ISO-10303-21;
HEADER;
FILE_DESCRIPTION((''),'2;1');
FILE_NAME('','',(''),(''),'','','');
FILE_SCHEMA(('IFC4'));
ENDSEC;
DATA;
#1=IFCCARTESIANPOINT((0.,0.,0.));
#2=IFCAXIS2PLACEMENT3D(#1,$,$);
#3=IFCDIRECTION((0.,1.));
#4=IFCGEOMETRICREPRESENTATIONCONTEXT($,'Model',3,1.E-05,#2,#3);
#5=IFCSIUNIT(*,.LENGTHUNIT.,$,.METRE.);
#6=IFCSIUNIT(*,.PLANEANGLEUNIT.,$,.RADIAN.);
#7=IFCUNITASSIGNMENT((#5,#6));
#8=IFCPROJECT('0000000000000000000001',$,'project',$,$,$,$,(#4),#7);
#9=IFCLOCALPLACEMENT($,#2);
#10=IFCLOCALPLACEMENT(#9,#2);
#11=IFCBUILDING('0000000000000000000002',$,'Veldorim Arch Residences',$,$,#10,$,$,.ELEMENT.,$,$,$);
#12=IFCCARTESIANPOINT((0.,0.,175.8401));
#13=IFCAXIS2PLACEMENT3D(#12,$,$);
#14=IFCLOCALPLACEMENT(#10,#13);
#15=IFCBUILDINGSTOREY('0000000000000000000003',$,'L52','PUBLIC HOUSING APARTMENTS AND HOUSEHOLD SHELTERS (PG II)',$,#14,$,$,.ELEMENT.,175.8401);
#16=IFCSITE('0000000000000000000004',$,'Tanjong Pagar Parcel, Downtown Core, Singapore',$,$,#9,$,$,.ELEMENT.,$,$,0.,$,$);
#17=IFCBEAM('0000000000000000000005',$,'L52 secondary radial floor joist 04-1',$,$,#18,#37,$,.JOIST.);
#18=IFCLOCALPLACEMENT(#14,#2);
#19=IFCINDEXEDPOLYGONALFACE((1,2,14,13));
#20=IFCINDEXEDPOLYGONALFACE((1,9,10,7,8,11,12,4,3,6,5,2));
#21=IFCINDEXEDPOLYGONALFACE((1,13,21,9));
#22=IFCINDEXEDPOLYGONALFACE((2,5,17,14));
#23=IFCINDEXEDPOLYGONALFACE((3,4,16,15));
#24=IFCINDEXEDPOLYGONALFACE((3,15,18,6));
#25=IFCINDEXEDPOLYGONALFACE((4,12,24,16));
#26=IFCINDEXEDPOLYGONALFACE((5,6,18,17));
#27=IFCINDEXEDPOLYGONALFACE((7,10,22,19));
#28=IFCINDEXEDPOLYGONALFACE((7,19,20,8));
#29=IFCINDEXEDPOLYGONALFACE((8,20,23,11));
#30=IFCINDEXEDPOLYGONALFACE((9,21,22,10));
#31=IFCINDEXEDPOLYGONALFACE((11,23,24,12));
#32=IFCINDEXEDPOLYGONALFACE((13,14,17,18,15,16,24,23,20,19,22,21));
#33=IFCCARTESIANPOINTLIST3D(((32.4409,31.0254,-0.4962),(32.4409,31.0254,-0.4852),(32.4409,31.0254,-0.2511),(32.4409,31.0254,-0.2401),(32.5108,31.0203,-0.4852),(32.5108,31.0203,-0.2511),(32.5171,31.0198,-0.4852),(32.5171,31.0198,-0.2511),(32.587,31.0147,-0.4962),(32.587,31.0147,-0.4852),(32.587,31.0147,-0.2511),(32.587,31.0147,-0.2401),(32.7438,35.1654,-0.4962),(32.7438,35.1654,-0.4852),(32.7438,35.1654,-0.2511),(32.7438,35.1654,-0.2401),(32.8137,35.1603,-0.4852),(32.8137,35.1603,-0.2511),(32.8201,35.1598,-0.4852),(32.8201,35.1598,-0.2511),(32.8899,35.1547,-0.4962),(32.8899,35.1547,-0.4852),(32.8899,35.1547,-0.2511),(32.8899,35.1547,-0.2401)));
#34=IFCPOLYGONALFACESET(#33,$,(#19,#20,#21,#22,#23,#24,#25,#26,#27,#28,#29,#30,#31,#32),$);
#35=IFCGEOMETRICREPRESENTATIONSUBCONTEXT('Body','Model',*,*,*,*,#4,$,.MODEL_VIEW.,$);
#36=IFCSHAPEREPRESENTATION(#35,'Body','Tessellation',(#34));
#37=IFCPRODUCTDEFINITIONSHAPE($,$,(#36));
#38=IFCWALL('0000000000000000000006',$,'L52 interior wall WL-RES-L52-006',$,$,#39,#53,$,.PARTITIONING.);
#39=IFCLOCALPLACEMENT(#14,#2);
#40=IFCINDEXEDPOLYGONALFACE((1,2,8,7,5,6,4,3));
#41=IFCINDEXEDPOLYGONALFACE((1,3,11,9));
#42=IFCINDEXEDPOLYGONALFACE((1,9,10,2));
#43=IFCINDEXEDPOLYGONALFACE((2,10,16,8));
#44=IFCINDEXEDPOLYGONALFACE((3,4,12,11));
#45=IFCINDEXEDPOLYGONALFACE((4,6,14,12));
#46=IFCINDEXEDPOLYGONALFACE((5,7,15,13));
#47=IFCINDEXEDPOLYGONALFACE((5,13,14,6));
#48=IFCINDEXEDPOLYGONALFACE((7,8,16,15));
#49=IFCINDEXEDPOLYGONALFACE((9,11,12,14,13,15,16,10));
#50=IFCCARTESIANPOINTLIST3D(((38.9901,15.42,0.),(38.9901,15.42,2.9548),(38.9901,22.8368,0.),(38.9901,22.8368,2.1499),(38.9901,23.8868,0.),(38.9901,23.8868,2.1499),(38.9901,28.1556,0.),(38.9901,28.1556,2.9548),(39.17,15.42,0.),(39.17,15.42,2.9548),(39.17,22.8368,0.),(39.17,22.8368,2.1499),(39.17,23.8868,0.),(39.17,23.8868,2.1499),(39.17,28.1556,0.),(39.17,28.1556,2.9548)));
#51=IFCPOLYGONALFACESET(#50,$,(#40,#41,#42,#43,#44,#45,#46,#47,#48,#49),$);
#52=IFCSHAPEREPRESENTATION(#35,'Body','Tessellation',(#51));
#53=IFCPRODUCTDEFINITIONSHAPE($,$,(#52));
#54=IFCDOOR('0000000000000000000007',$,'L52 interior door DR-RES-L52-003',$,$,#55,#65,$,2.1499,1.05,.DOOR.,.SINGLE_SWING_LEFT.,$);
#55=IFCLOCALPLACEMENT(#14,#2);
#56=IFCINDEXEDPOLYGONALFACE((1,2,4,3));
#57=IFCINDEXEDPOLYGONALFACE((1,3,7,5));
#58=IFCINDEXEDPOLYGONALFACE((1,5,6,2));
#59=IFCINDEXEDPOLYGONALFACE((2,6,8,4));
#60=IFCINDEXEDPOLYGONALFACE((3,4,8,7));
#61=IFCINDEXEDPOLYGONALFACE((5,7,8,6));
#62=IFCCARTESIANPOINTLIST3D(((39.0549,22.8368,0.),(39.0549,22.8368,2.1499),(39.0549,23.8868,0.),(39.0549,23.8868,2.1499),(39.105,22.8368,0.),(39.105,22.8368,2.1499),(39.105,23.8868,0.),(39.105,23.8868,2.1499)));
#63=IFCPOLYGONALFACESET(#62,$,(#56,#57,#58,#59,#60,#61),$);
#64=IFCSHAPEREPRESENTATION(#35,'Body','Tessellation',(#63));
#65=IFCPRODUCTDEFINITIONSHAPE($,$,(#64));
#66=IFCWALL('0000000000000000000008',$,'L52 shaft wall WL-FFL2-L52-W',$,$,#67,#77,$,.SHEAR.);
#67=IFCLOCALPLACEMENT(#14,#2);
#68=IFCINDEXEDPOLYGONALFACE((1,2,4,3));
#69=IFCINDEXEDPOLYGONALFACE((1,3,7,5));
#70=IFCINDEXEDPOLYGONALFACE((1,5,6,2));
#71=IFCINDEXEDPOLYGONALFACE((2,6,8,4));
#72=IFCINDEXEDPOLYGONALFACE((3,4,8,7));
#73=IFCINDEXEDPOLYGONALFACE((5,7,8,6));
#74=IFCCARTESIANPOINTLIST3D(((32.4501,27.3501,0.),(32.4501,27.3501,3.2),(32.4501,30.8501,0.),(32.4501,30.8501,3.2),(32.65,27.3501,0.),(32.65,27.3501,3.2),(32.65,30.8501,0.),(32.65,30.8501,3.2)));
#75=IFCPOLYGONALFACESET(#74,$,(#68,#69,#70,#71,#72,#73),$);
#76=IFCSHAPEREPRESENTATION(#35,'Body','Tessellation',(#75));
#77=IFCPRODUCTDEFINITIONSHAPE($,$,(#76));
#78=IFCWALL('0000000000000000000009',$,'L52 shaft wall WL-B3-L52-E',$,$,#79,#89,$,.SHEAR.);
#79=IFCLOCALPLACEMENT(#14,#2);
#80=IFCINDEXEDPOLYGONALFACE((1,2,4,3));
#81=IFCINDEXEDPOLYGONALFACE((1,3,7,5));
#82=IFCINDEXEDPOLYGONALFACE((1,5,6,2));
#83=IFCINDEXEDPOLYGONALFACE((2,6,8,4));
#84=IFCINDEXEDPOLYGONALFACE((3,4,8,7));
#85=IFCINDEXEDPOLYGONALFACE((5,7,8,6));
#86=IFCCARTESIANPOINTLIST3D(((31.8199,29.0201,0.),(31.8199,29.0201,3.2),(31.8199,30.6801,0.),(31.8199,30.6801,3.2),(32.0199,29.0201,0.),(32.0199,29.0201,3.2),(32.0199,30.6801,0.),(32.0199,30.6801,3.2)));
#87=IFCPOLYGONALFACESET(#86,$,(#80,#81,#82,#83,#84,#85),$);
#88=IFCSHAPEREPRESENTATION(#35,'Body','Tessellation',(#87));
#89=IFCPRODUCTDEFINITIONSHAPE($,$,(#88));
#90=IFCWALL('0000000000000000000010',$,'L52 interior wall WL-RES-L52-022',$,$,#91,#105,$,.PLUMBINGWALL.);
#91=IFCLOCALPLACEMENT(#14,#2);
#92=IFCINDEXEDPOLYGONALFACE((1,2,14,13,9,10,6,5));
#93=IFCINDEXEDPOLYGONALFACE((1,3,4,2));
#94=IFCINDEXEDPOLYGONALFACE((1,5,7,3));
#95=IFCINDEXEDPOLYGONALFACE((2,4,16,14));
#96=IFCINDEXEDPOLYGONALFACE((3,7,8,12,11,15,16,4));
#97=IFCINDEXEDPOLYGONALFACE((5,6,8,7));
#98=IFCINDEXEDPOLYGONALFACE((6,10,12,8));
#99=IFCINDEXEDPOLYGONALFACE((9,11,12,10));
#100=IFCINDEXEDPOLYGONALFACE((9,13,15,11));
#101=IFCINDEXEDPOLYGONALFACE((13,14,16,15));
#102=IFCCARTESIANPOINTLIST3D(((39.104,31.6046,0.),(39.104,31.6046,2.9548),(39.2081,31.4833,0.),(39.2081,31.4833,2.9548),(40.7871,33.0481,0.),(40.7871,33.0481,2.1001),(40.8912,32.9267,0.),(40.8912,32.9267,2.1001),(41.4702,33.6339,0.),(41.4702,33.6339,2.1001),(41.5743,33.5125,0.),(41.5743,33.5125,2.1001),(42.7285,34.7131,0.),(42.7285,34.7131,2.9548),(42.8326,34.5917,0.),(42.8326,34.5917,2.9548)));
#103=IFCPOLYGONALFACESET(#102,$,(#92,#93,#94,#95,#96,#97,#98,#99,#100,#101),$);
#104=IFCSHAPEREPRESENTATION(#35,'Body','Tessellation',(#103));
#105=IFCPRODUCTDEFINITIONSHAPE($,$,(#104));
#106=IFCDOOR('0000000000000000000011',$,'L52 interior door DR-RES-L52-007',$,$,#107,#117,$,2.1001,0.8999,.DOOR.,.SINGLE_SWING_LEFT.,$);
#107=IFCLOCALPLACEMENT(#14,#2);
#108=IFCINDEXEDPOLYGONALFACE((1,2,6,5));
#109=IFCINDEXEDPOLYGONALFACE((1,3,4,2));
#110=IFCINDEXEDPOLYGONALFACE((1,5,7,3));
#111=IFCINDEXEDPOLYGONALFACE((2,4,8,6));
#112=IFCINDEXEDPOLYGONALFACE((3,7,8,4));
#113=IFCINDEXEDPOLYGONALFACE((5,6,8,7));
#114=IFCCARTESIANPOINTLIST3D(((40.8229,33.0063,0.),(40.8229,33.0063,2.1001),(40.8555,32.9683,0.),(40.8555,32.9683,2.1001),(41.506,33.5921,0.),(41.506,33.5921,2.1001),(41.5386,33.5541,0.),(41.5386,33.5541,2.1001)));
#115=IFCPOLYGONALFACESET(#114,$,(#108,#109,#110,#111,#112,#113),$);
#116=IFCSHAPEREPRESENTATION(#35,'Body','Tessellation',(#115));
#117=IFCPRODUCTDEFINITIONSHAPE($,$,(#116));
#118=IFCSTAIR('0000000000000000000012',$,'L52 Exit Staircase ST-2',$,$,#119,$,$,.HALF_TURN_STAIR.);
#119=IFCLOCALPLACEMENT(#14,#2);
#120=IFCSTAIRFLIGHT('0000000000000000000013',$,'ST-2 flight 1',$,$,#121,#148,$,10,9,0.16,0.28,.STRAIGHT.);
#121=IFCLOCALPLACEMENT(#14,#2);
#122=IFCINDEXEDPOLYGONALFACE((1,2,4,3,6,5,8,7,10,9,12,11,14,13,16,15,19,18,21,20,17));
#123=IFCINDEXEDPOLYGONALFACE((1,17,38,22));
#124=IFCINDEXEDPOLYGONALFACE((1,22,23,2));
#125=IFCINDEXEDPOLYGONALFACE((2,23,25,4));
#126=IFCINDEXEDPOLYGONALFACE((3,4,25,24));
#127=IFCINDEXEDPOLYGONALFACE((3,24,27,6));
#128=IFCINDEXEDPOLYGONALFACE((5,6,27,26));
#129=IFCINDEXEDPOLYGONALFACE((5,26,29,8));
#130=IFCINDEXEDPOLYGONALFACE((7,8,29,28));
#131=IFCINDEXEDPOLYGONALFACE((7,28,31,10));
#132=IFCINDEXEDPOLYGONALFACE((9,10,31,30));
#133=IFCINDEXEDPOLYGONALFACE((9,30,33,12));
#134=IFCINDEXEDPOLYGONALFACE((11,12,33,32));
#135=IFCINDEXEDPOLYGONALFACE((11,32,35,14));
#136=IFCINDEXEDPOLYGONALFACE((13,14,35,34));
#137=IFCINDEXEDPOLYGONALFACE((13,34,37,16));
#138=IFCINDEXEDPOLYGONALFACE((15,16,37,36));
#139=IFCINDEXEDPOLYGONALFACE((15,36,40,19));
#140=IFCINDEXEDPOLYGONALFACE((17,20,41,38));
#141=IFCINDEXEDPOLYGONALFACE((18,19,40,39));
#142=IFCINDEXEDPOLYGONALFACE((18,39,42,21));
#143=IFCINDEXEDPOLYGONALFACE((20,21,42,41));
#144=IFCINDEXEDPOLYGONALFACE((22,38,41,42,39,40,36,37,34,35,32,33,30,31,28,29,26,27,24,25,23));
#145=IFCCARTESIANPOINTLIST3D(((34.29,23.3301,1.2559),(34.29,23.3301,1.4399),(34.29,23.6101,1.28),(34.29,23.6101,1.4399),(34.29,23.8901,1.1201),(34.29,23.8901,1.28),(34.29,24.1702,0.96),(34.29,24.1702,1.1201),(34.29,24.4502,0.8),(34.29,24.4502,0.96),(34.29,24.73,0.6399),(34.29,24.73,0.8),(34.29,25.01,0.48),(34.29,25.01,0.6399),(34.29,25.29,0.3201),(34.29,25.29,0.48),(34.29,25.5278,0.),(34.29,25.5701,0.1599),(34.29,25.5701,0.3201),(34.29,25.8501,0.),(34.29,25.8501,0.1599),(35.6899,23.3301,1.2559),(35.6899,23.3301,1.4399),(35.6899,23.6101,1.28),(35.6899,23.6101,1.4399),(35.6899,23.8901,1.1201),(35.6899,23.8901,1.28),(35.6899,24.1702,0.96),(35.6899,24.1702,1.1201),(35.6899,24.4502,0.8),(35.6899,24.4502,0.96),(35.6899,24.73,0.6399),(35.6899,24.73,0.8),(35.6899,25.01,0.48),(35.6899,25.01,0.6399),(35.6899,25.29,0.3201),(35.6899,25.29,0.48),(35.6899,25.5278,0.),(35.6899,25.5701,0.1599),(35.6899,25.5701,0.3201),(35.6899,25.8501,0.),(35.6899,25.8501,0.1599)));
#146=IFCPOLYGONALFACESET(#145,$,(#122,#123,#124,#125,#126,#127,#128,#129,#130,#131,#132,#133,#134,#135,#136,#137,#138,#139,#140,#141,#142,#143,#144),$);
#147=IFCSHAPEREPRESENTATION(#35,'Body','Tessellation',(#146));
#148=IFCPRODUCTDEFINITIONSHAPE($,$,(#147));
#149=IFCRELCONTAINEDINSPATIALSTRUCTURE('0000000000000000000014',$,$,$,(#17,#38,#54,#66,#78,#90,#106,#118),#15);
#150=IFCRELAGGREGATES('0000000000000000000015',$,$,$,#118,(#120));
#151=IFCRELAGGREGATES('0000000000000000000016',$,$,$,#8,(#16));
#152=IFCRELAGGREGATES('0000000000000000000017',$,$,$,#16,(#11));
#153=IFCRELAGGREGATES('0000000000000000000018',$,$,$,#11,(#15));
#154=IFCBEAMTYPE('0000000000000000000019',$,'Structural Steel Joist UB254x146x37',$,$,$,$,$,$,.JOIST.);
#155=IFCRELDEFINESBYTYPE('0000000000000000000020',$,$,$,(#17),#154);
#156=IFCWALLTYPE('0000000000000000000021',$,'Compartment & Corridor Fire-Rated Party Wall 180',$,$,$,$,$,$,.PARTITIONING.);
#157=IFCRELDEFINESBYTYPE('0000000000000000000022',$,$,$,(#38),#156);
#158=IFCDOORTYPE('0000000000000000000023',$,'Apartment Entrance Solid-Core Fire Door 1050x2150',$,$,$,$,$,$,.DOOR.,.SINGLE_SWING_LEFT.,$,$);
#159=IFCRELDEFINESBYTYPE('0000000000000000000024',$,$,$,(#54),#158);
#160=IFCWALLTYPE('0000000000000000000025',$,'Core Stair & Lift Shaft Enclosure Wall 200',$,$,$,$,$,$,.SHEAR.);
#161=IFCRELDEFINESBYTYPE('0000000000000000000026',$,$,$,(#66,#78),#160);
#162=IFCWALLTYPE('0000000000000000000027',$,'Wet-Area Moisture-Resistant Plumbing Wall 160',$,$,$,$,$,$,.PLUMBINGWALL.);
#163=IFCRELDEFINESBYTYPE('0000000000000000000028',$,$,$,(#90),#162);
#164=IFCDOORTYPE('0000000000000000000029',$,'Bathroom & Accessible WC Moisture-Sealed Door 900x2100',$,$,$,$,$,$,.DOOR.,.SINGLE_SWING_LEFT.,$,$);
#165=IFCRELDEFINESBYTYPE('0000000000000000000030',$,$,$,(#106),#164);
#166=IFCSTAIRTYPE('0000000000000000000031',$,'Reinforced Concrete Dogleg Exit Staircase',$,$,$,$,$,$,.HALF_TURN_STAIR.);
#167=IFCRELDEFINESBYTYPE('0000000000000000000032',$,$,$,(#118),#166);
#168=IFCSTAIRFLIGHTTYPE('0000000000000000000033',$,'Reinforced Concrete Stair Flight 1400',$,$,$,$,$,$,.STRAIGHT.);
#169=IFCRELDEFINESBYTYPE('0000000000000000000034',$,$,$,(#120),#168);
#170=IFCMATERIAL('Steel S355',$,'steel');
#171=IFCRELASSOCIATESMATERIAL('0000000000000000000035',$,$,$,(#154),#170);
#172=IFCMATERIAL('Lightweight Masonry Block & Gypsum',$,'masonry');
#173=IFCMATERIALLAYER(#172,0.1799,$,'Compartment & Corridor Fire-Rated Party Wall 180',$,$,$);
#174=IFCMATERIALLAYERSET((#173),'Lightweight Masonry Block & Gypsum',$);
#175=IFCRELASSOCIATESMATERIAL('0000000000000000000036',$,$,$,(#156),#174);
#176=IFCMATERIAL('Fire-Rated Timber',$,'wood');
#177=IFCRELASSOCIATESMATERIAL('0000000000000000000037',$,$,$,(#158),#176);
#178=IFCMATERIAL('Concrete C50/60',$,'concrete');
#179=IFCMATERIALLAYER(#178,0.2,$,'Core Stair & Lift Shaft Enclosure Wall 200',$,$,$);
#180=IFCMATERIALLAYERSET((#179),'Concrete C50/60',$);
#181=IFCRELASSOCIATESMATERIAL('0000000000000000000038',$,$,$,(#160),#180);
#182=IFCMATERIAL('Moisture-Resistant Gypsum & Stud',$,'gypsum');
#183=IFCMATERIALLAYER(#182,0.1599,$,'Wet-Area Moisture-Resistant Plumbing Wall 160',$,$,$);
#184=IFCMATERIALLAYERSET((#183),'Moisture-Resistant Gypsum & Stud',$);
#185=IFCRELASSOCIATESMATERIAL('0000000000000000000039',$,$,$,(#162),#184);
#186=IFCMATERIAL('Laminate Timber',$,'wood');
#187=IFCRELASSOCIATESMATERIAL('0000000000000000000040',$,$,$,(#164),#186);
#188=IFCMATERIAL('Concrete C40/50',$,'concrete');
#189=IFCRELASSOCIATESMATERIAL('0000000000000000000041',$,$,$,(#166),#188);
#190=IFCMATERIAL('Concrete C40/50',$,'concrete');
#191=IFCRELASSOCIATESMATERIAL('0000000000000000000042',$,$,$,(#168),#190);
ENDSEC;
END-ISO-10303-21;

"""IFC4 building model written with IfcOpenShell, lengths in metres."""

from ifc_helpers import new_model, si_unit, direction, frame, frame_2d, origin, origin_2d, place, context, subcontext, project, spatial, polyline, rectangle, i_section, outline, extrude, material, layer, layer_set, material_profile, profile_set, type_object, element, fill, aggregate, save


model = new_model("IFC4")

# Units and contexts
model_context = context("Model", 3, precision=1e-05, world=origin(), true_north=direction((0.0, 1.0)))
body_context = subcontext(model_context, "Body", "Model", "MODEL_VIEW")
ifc_project = project(units=[si_unit("LENGTHUNIT", "METRE"), si_unit("PLANEANGLEUNIT", "RADIAN")], contexts=[model_context])

# Site, building, storey
site_placement = place(None, origin())
site = spatial("IfcSite", under=ifc_project, at=site_placement, Name="Tanjong Pagar Parcel, Downtown Core, Singapore", CompositionType="ELEMENT", RefElevation=0.0)
building_placement = place(site_placement, origin())
building = spatial("IfcBuilding", under=site, at=building_placement, Name="Veldorim Arch Residences", CompositionType="ELEMENT")
storey_placement = place(building_placement, frame((0.0, 0.0, 175.8401)))
storey = spatial("IfcBuildingStorey", under=building, at=storey_placement, Name="L52", Description="PUBLIC HOUSING APARTMENTS AND HOUSEHOLD SHELTERS (PG II)", CompositionType="ELEMENT", Elevation=175.8401)

# Beam
ifc_material_1 = material(Name="Steel S355", Category="steel")
ifc_material_profile_1 = material_profile(ifc_material_1, i_section(OverallWidth=0.1465, OverallDepth=0.2561, WebThickness=0.0063, FlangeThickness=0.011, at=origin_2d()), Name="UB254x146x37")
ifc_profile_set_1 = profile_set([ifc_material_profile_1], Name="Steel S355")
beam_type_1 = type_object("IfcBeamType", Name="Structural Steel Joist UB254x146x37", PredefinedType="JOIST", material=ifc_profile_set_1)
beam_1_placement = place(storey_placement, frame((32.5139, 31.02, -0.3682), z_axis=(0.072986, 0.997333, 0.0), x_axis=(-0.997333, 0.072986, 0.0)))
element("IfcBeam", 1, at=beam_1_placement, inside=storey, type_object=beam_type_1, Name="L52 secondary radial floor joist 04-1", PredefinedType="JOIST", context=body_context, shape_type="SweptSolid", body=[
    extrude(i_section(OverallWidth=0.1465, OverallDepth=0.2561, WebThickness=0.0063, FlangeThickness=0.011, at=origin_2d()), origin(), (0.0, 0.0, 1.0), 4.1511),
])

# Wall, opening, door
ifc_material_2 = material(Name="Lightweight Masonry Block & Gypsum", Category="masonry")
ifc_layer_1 = layer(ifc_material_2, 0.1799, Name="Compartment & Corridor Fire-Rated Party Wall 180")
ifc_layer_set_1 = layer_set([ifc_layer_1], Name="Lightweight Masonry Block & Gypsum")
wall_type_1 = type_object("IfcWallType", Name="Compartment & Corridor Fire-Rated Party Wall 180", PredefinedType="PARTITIONING", material=ifc_layer_set_1)
wall_1_placement = place(storey_placement, frame((39.0801, 28.1555, 0.0), z_axis=(0.0, 0.0, 1.0), x_axis=(0.0, -1.0, 0.0)))
wall_1 = element("IfcWall", 2, at=wall_1_placement, inside=storey, type_object=wall_type_1, Name="L52 interior wall WL-RES-L52-006", PredefinedType="PARTITIONING", context=body_context, shape_type="SweptSolid", body=[
    extrude(rectangle(XDim=12.7356, YDim=0.1799, at=frame_2d((6.3677, 0.0))), origin(), (0.0, 0.0, 1.0), 2.9548),
])
opening_1_placement = place(wall_1_placement, frame((4.2688, 0.0, 0.0)))
opening_1 = element("IfcOpeningElement", 3, at=opening_1_placement, cuts=wall_1, PredefinedType="OPENING", context=body_context, shape_type="SweptSolid", body=[
    extrude(rectangle(XDim=1.05, YDim=2.1499, at=frame_2d((0.5249, 1.075))), frame((0.0, 0.0999, 0.0), z_axis=(0.0, -1.0, 0.0), x_axis=(1.0, 0.0, 0.0)), (0.0, 0.0, 1.0), 0.2),
])
ifc_material_3 = material(Name="Fire-Rated Timber", Category="wood")
door_type_1 = type_object("IfcDoorType", Name="Apartment Entrance Solid-Core Fire Door 1050x2150", OperationType="SINGLE_SWING_LEFT", PredefinedType="DOOR", material=ifc_material_3)
door_1_placement = place(opening_1_placement, origin())
door_1 = element("IfcDoor", 4, at=door_1_placement, inside=storey, type_object=door_type_1, Name="L52 interior door DR-RES-L52-003", OperationType="SINGLE_SWING_LEFT", OverallHeight=2.1499, OverallWidth=1.05, PredefinedType="DOOR", context=body_context, shape_type="SweptSolid", body=[
    extrude(rectangle(XDim=1.05, YDim=2.1499, at=frame_2d((0.5249, 1.075))), frame((0.0, 0.0249, 0.0), z_axis=(0.0, -1.0, 0.0), x_axis=(1.0, 0.0, 0.0)), (0.0, 0.0, 1.0), 0.05),
])
fill(opening_1, door_1)
ifc_material_4 = material(Name="Concrete C50/60", Category="concrete")
ifc_layer_2 = layer(ifc_material_4, 0.2, Name="Core Stair & Lift Shaft Enclosure Wall 200")
ifc_layer_set_2 = layer_set([ifc_layer_2], Name="Concrete C50/60")
wall_type_2 = type_object("IfcWallType", Name="Core Stair & Lift Shaft Enclosure Wall 200", PredefinedType="SHEAR", material=ifc_layer_set_2)

# Wall
wall_2_placement = place(storey_placement, frame((32.55, 27.3501, 0.0), z_axis=(0.0, 0.0, 1.0), x_axis=(0.0, 1.0, 0.0)))
element("IfcWall", 5, at=wall_2_placement, inside=storey, type_object=wall_type_2, Name="L52 shaft wall WL-FFL2-L52-W", PredefinedType="SHEAR", context=body_context, shape_type="SweptSolid", body=[
    extrude(rectangle(XDim=3.5, YDim=0.2, at=frame_2d((1.75, 0.0))), origin(), (0.0, 0.0, 1.0), 3.2),
])

# Wall
wall_3_placement = place(storey_placement, frame((31.9199, 29.02, 0.0), z_axis=(0.0, 0.0, 1.0), x_axis=(0.0, 1.0, 0.0)))
element("IfcWall", 6, at=wall_3_placement, inside=storey, type_object=wall_type_2, Name="L52 shaft wall WL-B3-L52-E", PredefinedType="SHEAR", context=body_context, shape_type="SweptSolid", body=[
    extrude(rectangle(XDim=1.6599, YDim=0.2, at=frame_2d((0.8301, 0.0))), origin(), (0.0, 0.0, 1.0), 3.2),
])

# Wall, opening, door
ifc_material_5 = material(Name="Moisture-Resistant Gypsum & Stud", Category="gypsum")
ifc_layer_3 = layer(ifc_material_5, 0.1599, Name="Wet-Area Moisture-Resistant Plumbing Wall 160")
ifc_layer_set_3 = layer_set([ifc_layer_3], Name="Moisture-Resistant Gypsum & Stud")
wall_type_3 = type_object("IfcWallType", Name="Wet-Area Moisture-Resistant Plumbing Wall 160", PredefinedType="PLUMBINGWALL", material=ifc_layer_set_3)
wall_4_placement = place(storey_placement, frame((39.156, 31.5439, 0.0), z_axis=(0.0, 0.0, 1.0), x_axis=(0.759083, 0.650993, 0.0)))
wall_4 = element("IfcWall", 7, at=wall_4_placement, inside=storey, type_object=wall_type_3, Name="L52 interior wall WL-RES-L52-022", PredefinedType="PLUMBINGWALL", context=body_context, shape_type="SweptSolid", body=[
    extrude(rectangle(XDim=4.7749, YDim=0.1599, at=frame_2d((2.3875, 0.0))), origin(), (0.0, 0.0, 1.0), 2.9548),
])
opening_2_placement = place(wall_4_placement, frame((2.2173, 0.0, 0.0)))
opening_2 = element("IfcOpeningElement", 8, at=opening_2_placement, cuts=wall_4, PredefinedType="OPENING", context=body_context, shape_type="SweptSolid", body=[
    extrude(rectangle(XDim=0.8999, YDim=2.1001, at=frame_2d((0.45, 1.05))), frame((0.0, 0.0898, 0.0), z_axis=(0.0, -1.0, 0.0), x_axis=(1.0, 0.0, 0.0)), (0.0, 0.0, 1.0), 0.1799),
])
ifc_material_6 = material(Name="Laminate Timber", Category="wood")
door_type_2 = type_object("IfcDoorType", Name="Bathroom & Accessible WC Moisture-Sealed Door 900x2100", OperationType="SINGLE_SWING_LEFT", PredefinedType="DOOR", material=ifc_material_6)
door_2_placement = place(opening_2_placement, origin())
door_2 = element("IfcDoor", 9, at=door_2_placement, inside=storey, type_object=door_type_2, Name="L52 interior door DR-RES-L52-007", OperationType="SINGLE_SWING_LEFT", OverallHeight=2.1001, OverallWidth=0.8999, PredefinedType="DOOR", context=body_context, shape_type="SweptSolid", body=[
    extrude(rectangle(XDim=0.8999, YDim=2.1001, at=frame_2d((0.45, 1.05))), frame((0.0, 0.0249, 0.0), z_axis=(0.0, -1.0, 0.0), x_axis=(1.0, 0.0, 0.0)), (0.0, 0.0, 1.0), 0.05),
])
fill(opening_2, door_2)

# Stair, stair flight
ifc_material_7 = material(Name="Concrete C40/50", Category="concrete")
stair_type = type_object("IfcStairType", Name="Reinforced Concrete Dogleg Exit Staircase", PredefinedType="HALF_TURN_STAIR", material=ifc_material_7)
stair_placement = place(storey_placement, origin())
stair = element("IfcStair", 10, at=stair_placement, inside=storey, type_object=stair_type, Name="L52 Exit Staircase ST-2", PredefinedType="HALF_TURN_STAIR")
ifc_material_8 = material(Name="Concrete C40/50", Category="concrete")
stair_flight_type = type_object("IfcStairFlightType", Name="Reinforced Concrete Stair Flight 1400", PredefinedType="STRAIGHT", material=ifc_material_8)
stair_flight_placement = place(storey_placement, frame((34.99, 25.8501, 0.0), z_axis=(0.0, 0.0, 1.0), x_axis=(0.0, -1.0, 0.0)))
stair_flight = element("IfcStairFlight", 11, at=stair_flight_placement, type_object=stair_flight_type, Name="ST-2 flight 1", NumberOfRisers=10, NumberOfTreads=9, PredefinedType="STRAIGHT", RiserHeight=0.16, TreadLength=0.28, context=body_context, shape_type="SweptSolid", body=[
    extrude(outline(polyline([(0.0, 0.0), (0.0, 0.1599), (0.28, 0.1599), (0.28, 0.3201), (0.5601, 0.3201), (0.5601, 0.48), (0.8401, 0.48), (0.8401, 0.6399), (1.1201, 0.6399), (1.1201, 0.8), (1.3999, 0.8), (1.3999, 0.96), (1.6799, 0.96), (1.6799, 1.1201), (1.96, 1.1201), (1.96, 1.28), (2.24, 1.28), (2.24, 1.4399), (2.52, 1.4399), (2.52, 1.6001), (2.52, 1.2559), (0.3223, 0.0), (0.0, 0.0)])), frame((0.0, 0.7, 0.0), z_axis=(0.0, -1.0, 0.0), x_axis=(1.0, 0.0, 0.0)), (0.0, 0.0, 1.0), 1.3999),
])
aggregate(stair, [stair_flight])

save(model, "model.ifc")
